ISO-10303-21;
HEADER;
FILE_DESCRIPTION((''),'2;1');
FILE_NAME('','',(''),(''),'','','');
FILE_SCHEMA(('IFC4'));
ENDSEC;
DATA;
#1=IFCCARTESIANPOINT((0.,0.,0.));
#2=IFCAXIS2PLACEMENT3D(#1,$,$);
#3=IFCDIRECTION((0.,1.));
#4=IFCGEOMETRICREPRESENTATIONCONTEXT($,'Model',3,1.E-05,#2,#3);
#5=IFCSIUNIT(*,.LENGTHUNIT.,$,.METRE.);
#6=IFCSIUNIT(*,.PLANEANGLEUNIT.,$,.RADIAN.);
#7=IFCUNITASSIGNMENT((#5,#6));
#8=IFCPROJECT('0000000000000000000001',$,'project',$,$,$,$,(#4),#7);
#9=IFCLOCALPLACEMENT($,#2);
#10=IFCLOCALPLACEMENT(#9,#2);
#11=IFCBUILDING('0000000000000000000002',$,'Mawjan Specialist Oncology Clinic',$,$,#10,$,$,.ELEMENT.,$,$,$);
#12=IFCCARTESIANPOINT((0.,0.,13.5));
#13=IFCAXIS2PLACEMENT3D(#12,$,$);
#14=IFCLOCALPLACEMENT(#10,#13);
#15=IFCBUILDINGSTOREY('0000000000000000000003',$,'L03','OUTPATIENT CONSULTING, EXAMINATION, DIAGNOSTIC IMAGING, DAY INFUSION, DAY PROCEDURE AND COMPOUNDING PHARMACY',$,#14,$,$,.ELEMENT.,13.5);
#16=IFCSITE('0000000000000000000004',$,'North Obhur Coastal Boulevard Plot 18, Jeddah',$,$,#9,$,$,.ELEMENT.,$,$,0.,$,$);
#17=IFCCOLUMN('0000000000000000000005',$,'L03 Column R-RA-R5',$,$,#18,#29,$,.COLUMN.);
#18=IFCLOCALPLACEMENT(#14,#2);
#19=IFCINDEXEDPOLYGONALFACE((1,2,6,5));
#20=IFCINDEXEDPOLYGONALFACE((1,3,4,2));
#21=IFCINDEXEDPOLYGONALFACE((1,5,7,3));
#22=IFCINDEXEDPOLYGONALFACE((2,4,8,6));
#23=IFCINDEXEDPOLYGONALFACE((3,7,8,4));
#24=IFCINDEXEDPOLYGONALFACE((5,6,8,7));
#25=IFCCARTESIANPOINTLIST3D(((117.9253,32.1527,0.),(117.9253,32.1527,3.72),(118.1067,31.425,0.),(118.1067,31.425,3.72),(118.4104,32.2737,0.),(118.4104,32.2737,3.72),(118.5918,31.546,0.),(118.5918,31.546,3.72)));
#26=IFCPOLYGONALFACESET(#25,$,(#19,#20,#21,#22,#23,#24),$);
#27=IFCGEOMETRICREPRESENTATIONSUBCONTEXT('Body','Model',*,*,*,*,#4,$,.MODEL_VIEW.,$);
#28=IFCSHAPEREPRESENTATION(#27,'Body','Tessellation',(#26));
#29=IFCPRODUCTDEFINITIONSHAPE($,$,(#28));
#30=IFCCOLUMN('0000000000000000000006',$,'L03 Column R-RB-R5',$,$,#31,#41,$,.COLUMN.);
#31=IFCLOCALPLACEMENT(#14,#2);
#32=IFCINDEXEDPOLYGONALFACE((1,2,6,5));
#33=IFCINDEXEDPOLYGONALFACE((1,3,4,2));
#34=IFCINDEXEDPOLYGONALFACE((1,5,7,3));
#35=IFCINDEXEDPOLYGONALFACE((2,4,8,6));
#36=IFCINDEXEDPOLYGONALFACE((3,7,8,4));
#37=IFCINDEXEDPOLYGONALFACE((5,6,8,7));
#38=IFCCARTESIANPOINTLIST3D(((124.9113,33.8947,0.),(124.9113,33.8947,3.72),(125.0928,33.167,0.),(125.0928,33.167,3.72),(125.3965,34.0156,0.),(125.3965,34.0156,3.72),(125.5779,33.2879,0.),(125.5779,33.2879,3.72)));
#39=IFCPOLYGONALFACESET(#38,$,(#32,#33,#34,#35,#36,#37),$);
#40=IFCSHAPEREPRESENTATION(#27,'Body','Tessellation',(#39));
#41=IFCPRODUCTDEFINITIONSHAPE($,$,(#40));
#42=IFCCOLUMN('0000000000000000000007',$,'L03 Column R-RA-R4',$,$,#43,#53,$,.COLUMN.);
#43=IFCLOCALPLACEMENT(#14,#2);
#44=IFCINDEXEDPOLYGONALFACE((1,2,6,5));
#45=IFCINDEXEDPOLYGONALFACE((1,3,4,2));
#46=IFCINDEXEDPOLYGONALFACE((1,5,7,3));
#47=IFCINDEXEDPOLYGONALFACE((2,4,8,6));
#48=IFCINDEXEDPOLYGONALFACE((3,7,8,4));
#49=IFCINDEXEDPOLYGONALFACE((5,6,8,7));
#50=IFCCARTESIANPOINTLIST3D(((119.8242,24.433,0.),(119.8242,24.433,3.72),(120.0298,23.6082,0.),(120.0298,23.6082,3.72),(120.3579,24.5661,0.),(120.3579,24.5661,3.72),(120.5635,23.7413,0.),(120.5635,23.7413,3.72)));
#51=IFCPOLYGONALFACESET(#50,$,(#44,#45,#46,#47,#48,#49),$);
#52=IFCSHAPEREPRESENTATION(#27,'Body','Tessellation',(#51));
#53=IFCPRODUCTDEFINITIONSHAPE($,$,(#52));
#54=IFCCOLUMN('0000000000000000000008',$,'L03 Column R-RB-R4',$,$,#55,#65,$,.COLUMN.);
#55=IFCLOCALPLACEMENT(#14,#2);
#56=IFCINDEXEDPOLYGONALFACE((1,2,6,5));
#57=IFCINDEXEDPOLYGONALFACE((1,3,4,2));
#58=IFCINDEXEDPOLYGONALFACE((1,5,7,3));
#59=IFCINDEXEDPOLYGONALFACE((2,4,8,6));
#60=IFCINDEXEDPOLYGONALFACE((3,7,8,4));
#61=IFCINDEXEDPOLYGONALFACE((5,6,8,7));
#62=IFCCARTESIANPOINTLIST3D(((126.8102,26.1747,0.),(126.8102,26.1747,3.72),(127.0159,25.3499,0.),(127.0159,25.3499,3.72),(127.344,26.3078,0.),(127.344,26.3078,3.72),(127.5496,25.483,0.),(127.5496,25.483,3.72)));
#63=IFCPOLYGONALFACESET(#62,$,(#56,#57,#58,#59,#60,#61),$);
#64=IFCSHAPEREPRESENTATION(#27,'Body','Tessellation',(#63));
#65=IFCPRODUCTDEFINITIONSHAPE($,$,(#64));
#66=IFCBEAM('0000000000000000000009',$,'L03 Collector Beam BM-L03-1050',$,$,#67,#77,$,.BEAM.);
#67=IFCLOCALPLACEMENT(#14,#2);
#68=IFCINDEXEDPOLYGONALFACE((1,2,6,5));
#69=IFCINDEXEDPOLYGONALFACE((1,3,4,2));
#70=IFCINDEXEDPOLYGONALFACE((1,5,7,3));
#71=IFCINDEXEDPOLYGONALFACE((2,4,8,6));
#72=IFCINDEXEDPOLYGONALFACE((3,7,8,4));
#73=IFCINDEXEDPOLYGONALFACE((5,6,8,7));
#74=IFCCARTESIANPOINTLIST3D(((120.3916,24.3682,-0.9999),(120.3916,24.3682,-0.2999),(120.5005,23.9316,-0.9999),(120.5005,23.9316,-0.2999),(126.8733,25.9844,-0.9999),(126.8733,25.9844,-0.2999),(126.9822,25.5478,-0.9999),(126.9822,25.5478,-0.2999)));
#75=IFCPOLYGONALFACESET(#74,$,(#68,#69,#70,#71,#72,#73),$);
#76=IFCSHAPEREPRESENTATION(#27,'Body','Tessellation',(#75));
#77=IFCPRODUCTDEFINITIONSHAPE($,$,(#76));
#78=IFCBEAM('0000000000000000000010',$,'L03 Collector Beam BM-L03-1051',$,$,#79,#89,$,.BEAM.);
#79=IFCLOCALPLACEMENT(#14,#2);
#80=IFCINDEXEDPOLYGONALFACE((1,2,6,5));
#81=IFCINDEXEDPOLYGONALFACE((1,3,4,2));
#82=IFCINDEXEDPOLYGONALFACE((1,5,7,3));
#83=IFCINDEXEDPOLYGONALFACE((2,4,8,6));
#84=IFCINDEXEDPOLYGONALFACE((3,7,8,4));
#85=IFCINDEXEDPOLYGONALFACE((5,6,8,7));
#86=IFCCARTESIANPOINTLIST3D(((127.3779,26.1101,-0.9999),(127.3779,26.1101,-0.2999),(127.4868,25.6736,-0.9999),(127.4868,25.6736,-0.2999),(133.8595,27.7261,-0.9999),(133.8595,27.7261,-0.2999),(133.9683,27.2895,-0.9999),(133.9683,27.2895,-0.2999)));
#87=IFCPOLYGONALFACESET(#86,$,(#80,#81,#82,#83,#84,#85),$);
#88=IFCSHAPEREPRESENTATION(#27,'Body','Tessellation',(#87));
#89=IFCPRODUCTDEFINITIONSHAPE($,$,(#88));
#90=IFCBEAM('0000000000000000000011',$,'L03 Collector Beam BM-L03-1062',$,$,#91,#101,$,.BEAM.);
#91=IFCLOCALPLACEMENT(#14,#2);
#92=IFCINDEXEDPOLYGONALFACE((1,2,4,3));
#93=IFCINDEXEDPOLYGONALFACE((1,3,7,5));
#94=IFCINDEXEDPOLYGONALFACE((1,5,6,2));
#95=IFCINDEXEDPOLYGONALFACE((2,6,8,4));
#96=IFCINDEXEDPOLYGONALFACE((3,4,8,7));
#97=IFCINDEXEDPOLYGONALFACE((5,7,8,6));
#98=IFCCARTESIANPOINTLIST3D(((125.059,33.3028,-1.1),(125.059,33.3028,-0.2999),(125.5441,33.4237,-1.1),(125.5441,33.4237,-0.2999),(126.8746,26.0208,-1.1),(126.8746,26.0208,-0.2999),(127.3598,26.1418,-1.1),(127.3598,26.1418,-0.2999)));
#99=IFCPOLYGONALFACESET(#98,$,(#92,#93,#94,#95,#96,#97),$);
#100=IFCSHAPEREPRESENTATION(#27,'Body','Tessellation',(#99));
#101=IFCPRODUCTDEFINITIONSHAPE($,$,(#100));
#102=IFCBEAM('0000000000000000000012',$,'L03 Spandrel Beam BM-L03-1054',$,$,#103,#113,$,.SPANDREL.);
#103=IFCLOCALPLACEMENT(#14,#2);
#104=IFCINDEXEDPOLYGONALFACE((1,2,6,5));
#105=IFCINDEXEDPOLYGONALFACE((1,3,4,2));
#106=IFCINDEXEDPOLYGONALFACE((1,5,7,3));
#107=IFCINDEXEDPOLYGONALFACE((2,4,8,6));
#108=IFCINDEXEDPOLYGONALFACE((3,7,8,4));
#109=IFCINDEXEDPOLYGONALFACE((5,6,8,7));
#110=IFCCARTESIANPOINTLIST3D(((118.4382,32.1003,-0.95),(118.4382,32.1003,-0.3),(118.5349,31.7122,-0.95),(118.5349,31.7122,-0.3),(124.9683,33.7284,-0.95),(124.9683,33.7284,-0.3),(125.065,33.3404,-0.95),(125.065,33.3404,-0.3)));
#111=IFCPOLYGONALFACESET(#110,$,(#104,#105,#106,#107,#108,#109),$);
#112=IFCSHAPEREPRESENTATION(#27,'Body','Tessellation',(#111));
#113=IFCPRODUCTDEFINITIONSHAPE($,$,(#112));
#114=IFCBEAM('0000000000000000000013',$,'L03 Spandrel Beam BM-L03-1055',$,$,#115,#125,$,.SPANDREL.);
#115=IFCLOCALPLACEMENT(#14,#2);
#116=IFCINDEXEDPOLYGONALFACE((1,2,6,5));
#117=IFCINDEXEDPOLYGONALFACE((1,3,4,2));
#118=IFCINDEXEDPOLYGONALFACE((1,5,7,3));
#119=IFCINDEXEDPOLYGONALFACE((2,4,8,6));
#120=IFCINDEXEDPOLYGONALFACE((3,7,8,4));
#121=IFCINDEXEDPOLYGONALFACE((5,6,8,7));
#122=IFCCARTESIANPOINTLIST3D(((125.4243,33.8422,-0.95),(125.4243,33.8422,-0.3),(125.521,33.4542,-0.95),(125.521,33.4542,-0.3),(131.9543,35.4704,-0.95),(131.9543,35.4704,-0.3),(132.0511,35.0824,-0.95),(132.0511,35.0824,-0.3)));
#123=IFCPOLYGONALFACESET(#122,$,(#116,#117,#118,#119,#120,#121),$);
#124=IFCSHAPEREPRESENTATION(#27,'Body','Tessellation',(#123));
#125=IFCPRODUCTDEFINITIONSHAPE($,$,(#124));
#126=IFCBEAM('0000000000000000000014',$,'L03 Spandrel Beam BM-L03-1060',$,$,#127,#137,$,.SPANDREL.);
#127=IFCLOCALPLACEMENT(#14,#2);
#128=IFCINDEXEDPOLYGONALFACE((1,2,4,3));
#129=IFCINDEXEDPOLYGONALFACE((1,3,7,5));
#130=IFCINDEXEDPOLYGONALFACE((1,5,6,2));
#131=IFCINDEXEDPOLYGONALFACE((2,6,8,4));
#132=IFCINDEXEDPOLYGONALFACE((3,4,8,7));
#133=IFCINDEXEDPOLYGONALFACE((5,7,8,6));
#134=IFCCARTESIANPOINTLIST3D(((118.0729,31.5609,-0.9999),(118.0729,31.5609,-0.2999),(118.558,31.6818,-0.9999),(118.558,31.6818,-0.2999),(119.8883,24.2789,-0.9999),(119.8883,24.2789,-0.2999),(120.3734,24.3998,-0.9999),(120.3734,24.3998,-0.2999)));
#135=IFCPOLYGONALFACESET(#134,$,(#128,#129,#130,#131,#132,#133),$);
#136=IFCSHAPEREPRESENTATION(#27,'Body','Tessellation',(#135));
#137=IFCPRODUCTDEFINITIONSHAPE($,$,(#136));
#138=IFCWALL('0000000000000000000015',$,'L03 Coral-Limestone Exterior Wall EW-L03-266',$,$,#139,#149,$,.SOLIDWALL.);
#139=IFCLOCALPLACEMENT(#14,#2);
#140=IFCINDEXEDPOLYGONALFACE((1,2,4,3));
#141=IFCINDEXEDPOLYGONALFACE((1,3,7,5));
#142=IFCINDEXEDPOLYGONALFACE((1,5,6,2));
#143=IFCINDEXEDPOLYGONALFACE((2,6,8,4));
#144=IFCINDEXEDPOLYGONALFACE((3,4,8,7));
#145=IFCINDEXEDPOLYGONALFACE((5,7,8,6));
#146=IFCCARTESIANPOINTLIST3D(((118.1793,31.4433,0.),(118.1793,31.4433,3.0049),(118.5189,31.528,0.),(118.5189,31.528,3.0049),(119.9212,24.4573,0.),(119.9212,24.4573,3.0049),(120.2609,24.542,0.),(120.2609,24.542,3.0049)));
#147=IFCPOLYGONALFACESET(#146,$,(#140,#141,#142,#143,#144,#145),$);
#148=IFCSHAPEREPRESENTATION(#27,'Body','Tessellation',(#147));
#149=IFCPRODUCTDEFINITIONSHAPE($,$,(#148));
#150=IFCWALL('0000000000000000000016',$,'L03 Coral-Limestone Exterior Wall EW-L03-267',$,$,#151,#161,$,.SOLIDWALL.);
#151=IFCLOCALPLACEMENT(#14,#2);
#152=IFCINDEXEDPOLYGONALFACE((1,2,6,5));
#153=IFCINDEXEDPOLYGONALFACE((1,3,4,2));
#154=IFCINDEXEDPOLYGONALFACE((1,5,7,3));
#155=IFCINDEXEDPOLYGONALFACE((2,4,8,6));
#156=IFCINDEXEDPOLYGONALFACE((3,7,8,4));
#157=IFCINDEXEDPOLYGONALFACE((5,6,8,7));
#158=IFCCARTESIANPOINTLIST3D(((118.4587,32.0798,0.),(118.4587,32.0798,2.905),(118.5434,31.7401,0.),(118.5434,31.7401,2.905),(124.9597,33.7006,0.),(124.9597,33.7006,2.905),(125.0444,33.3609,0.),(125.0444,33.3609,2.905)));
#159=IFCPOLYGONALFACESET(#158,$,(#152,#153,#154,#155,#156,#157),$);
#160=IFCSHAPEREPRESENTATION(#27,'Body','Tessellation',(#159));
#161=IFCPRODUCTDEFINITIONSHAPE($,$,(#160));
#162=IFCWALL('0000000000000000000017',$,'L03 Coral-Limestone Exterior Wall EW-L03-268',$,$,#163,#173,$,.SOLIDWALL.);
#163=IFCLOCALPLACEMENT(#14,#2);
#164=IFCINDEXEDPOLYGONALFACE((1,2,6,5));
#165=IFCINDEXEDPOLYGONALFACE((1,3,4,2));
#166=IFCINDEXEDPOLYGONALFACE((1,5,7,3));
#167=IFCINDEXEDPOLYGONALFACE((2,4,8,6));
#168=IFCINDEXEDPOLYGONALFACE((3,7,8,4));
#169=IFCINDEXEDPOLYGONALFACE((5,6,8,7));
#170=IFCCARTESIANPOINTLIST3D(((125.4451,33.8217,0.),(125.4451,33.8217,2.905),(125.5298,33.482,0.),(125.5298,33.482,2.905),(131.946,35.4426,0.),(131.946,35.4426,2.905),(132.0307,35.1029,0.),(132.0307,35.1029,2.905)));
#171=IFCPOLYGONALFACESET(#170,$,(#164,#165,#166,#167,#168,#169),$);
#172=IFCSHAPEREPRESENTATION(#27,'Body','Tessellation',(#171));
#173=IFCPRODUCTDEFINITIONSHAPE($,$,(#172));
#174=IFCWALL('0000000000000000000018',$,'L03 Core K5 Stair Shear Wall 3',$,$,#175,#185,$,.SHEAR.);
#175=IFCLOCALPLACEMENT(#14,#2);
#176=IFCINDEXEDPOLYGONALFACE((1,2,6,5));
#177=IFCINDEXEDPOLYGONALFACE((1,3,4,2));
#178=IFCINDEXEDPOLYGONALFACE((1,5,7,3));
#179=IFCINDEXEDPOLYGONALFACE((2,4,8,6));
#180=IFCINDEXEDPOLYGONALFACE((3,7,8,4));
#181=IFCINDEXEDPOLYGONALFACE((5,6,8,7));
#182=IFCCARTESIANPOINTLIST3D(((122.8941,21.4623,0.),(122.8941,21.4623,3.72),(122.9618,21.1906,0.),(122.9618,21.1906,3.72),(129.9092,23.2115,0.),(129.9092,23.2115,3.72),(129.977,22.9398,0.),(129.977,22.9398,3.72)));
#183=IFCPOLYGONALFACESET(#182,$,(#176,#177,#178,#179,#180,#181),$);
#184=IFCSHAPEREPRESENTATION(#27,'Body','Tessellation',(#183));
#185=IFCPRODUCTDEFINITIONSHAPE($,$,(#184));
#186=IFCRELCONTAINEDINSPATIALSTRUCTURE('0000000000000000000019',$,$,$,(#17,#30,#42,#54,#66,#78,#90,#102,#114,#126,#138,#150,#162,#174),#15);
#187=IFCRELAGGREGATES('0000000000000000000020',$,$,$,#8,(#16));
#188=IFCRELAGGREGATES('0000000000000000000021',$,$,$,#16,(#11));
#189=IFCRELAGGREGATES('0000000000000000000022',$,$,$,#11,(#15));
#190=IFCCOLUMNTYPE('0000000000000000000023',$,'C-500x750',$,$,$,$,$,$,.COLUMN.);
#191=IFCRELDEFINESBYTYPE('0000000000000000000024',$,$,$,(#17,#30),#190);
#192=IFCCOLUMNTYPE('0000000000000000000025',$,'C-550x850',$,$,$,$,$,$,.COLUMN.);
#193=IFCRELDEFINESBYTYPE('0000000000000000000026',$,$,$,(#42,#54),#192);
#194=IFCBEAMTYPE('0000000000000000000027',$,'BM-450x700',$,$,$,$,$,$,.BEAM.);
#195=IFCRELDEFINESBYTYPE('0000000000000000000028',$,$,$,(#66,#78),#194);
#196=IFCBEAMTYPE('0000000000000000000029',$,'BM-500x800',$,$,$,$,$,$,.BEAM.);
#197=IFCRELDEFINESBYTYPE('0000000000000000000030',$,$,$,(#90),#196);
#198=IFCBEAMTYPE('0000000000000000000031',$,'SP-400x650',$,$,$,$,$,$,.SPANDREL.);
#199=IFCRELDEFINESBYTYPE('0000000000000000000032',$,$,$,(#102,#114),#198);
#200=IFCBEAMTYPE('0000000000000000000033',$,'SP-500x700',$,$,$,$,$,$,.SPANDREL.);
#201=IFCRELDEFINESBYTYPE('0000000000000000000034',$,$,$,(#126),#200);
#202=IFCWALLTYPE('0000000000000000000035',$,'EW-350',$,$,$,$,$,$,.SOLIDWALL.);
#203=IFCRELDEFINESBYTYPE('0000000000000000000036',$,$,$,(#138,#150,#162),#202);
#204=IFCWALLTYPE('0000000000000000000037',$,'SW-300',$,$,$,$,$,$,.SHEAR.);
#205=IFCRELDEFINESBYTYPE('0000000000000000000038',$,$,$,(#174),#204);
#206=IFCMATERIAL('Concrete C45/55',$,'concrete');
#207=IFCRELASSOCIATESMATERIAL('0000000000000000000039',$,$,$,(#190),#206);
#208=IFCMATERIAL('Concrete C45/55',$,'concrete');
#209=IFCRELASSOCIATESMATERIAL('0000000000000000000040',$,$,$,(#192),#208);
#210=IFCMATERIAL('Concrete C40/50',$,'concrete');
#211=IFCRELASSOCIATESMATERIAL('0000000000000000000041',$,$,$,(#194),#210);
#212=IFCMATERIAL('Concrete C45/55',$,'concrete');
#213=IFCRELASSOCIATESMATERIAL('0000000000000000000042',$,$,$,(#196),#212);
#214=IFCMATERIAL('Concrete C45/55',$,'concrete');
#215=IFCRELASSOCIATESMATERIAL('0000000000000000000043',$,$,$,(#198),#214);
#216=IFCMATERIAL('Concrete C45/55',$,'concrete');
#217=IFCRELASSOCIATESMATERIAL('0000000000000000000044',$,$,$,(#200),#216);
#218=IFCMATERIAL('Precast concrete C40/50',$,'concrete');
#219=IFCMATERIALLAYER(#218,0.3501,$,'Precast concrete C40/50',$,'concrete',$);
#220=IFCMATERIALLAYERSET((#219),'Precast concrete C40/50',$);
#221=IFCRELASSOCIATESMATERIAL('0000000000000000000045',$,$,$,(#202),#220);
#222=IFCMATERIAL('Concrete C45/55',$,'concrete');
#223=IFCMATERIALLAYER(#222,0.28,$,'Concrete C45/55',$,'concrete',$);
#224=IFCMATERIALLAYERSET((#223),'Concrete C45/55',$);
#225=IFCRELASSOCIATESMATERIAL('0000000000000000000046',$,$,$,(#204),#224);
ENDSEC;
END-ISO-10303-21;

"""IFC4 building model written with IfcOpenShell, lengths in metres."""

from ifc_helpers import new_model, si_unit, direction, frame, frame_2d, origin, origin_2d, place, context, subcontext, project, spatial, rectangle, extrude, material, layer, layer_set, material_profile, profile_set, type_object, element, save


model = new_model("IFC4")

# Units and contexts
model_context = context("Model", 3, precision=1e-05, world=origin(), true_north=direction((0.0, 1.0)))
body_context = subcontext(model_context, "Body", "Model", "MODEL_VIEW")
ifc_project = project(units=[si_unit("LENGTHUNIT", "METRE"), si_unit("PLANEANGLEUNIT", "RADIAN")], contexts=[model_context])

# Site, building, storey
site_placement = place(None, origin())
site = spatial("IfcSite", under=ifc_project, at=site_placement, Name="North Obhur Coastal Boulevard Plot 18, Jeddah", CompositionType="ELEMENT", RefElevation=0.0)
building_placement = place(site_placement, origin())
building = spatial("IfcBuilding", under=site, at=building_placement, Name="Mawjan Specialist Oncology Clinic", CompositionType="ELEMENT")
storey_placement = place(building_placement, frame((0.0, 0.0, 13.5)))
storey = spatial("IfcBuildingStorey", under=building, at=storey_placement, Name="L03", Description="OUTPATIENT CONSULTING, EXAMINATION, DIAGNOSTIC IMAGING, DAY INFUSION, DAY PROCEDURE AND COMPOUNDING PHARMACY", CompositionType="ELEMENT", Elevation=13.5)

# Columns
ifc_material_1 = material(Name="Concrete C45/55", Category="concrete")
ifc_material_profile_1 = material_profile(ifc_material_1, rectangle(XDim=0.5, YDim=0.75, at=origin_2d()), Name="RC COL 500x750", Category="concrete")
ifc_profile_set_1 = profile_set([ifc_material_profile_1], Name="Concrete C45/55")
column_type_1 = type_object("IfcColumnType", Name="C-500x750", PredefinedType="COLUMN", material=ifc_profile_set_1)
for number, where, z_axis, x_axis, name in (
    (1, (118.2585, 31.8494, 0.0), (0.0, 0.0, 1.0), (0.970296, 0.241922, 0.0), "L03 Column R-RA-R5"),
    (2, (125.2446, 33.5913, 0.0), (0.0, 0.0, 1.0), (0.970296, 0.241922, 0.0), "L03 Column R-RB-R5"),
):
    element("IfcColumn", number, at=place(storey_placement, frame(where, z_axis=z_axis, x_axis=x_axis)), inside=storey, type_object=column_type_1, Name=name, PredefinedType="COLUMN", context=body_context, shape_type="SweptSolid", body=[
        extrude(rectangle(XDim=0.5, YDim=0.75, at=origin_2d()), origin(), (0.0, 0.0, 1.0), 3.72),
    ])
ifc_material_2 = material(Name="Concrete C45/55", Category="concrete")
ifc_material_profile_2 = material_profile(ifc_material_2, rectangle(XDim=0.55, YDim=0.8501, at=origin_2d()), Name="RC COL 550x850", Category="concrete")
ifc_profile_set_2 = profile_set([ifc_material_profile_2], Name="Concrete C45/55")
column_type_2 = type_object("IfcColumnType", Name="C-550x850", PredefinedType="COLUMN", material=ifc_profile_set_2)
for number, where, z_axis, x_axis, name in (
    (3, (120.1938, 24.0872, 0.0), (0.0, 0.0, 1.0), (0.970296, 0.241922, 0.0), "L03 Column R-RA-R4"),
    (4, (127.1799, 25.8289, 0.0), (0.0, 0.0, 1.0), (0.970296, 0.241922, 0.0), "L03 Column R-RB-R4"),
):
    element("IfcColumn", number, at=place(storey_placement, frame(where, z_axis=z_axis, x_axis=x_axis)), inside=storey, type_object=column_type_2, Name=name, PredefinedType="COLUMN", context=body_context, shape_type="SweptSolid", body=[
        extrude(rectangle(XDim=0.55, YDim=0.8501, at=origin_2d()), origin(), (0.0, 0.0, 1.0), 3.72),
    ])

# Beams
ifc_material_3 = material(Name="Concrete C40/50", Category="concrete")
ifc_material_profile_3 = material_profile(ifc_material_3, rectangle(XDim=0.45, YDim=0.7, at=origin_2d()), Name="RC BM 450x700", Category="concrete")
ifc_profile_set_3 = profile_set([ifc_material_profile_3], Name="Concrete C40/50")
beam_type_1 = type_object("IfcBeamType", Name="BM-450x700", PredefinedType="BEAM", material=ifc_profile_set_3)
beam_1_placement = place(storey_placement, frame((120.446, 24.1499, -0.6499), z_axis=(0.970291, 0.241942, 0.0), x_axis=(-0.241942, 0.970291, 0.0)))
element("IfcBeam", 5, at=beam_1_placement, inside=storey, type_object=beam_type_1, Name="L03 Collector Beam BM-L03-1050", PredefinedType="BEAM", context=body_context, shape_type="SweptSolid", body=[
    extrude(rectangle(XDim=0.45, YDim=0.7, at=origin_2d()), origin(), (0.0, 0.0, 1.0), 6.6802),
])
beam_2_placement = place(storey_placement, frame((127.4324, 25.8918, -0.6499), z_axis=(0.970297, 0.241916, 0.0), x_axis=(-0.241916, 0.970297, 0.0)))
element("IfcBeam", 6, at=beam_2_placement, inside=storey, type_object=beam_type_1, Name="L03 Collector Beam BM-L03-1051", PredefinedType="BEAM", context=body_context, shape_type="SweptSolid", body=[
    extrude(rectangle(XDim=0.45, YDim=0.7, at=origin_2d()), origin(), (0.0, 0.0, 1.0), 6.6799),
])
ifc_material_4 = material(Name="Concrete C45/55", Category="concrete")
ifc_material_profile_4 = material_profile(ifc_material_4, rectangle(XDim=0.5, YDim=0.8, at=origin_2d()), Name="RC BM 500x800", Category="concrete")
ifc_profile_set_4 = profile_set([ifc_material_profile_4], Name="Concrete C45/55")
beam_type_2 = type_object("IfcBeamType", Name="BM-500x800", PredefinedType="BEAM", material=ifc_profile_set_4)
beam_3_placement = place(storey_placement, frame((127.1172, 26.0813, -0.7), z_axis=(-0.241931, 0.970293, 0.0), x_axis=(-0.970293, -0.241931, 0.0)))
element("IfcBeam", 7, at=beam_3_placement, inside=storey, type_object=beam_type_2, Name="L03 Collector Beam BM-L03-1062", PredefinedType="BEAM", context=body_context, shape_type="SweptSolid", body=[
    extrude(rectangle(XDim=0.5, YDim=0.8, at=origin_2d()), origin(), (0.0, 0.0, 1.0), 7.5049),
])
ifc_material_5 = material(Name="Concrete C45/55", Category="concrete")
ifc_material_profile_5 = material_profile(ifc_material_5, rectangle(XDim=0.3999, YDim=0.6499, at=origin_2d()), Name="RC BM 400x650", Category="concrete")
ifc_profile_set_5 = profile_set([ifc_material_profile_5], Name="Concrete C45/55")
beam_type_3 = type_object("IfcBeamType", Name="SP-400x650", PredefinedType="SPANDREL", material=ifc_profile_set_5)
for number, where, z_axis, x_axis, name in (
    (8, (118.4866, 31.9062, -0.625), (0.970294, 0.24193, 0.0), (-0.24193, 0.970294, 0.0), "L03 Spandrel Beam BM-L03-1054"),
    (9, (125.4727, 33.6482, -0.625), (0.970294, 0.24193, 0.0), (-0.24193, 0.970294, 0.0), "L03 Spandrel Beam BM-L03-1055"),
):
    element("IfcBeam", number, at=place(storey_placement, frame(where, z_axis=z_axis, x_axis=x_axis)), inside=storey, type_object=beam_type_3, Name=name, PredefinedType="SPANDREL", context=body_context, shape_type="SweptSolid", body=[
        extrude(rectangle(XDim=0.3999, YDim=0.6499, at=origin_2d()), origin(), (0.0, 0.0, 1.0), 6.73),
    ])
ifc_material_6 = material(Name="Concrete C45/55", Category="concrete")
ifc_material_profile_6 = material_profile(ifc_material_6, rectangle(XDim=0.5, YDim=0.7, at=origin_2d()), Name="RC BM 500x700", Category="concrete")
ifc_profile_set_6 = profile_set([ifc_material_profile_6], Name="Concrete C45/55")
beam_type_4 = type_object("IfcBeamType", Name="SP-500x700", PredefinedType="SPANDREL", material=ifc_profile_set_6)
beam_4_placement = place(storey_placement, frame((120.1309, 24.3394, -0.6499), z_axis=(-0.2419, 0.970301, 0.0), x_axis=(-0.970301, -0.2419, 0.0)))
element("IfcBeam", 10, at=beam_4_placement, inside=storey, type_object=beam_type_4, Name="L03 Spandrel Beam BM-L03-1060", PredefinedType="SPANDREL", context=body_context, shape_type="SweptSolid", body=[
    extrude(rectangle(XDim=0.5, YDim=0.7, at=origin_2d()), origin(), (0.0, 0.0, 1.0), 7.5049),
])

# Walls
ifc_material_7 = material(Name="Precast concrete C40/50", Category="concrete")
ifc_layer_1 = layer(ifc_material_7, 0.3501, Name="Precast concrete C40/50", Category="concrete")
ifc_layer_set_1 = layer_set([ifc_layer_1], Name="Precast concrete C40/50")
wall_type_1 = type_object("IfcWallType", Name="EW-350", PredefinedType="SOLIDWALL", material=ifc_layer_set_1)
wall_1_placement = place(storey_placement, frame((120.0911, 24.4995, 0.0), z_axis=(0.0, 0.0, 1.0), x_axis=(-0.241937, 0.970292, 0.0)))
element("IfcWall", 11, at=wall_1_placement, inside=storey, type_object=wall_type_1, Name="L03 Coral-Limestone Exterior Wall EW-L03-266", PredefinedType="SOLIDWALL", context=body_context, shape_type="SweptSolid", body=[
    extrude(rectangle(XDim=7.2, YDim=0.3501, at=frame_2d((3.6001, 0.0))), origin(), (0.0, 0.0, 1.0), 3.0049),
])
for number, where, z_axis, x_axis, name in (
    (12, (118.501, 31.9099, 0.0), (0.0, 0.0, 1.0), (0.970297, 0.241918, 0.0), "L03 Coral-Limestone Exterior Wall EW-L03-267"),
    (13, (125.4873, 33.6519, 0.0), (0.0, 0.0, 1.0), (0.970297, 0.241918, 0.0), "L03 Coral-Limestone Exterior Wall EW-L03-268"),
):
    element("IfcWall", number, at=place(storey_placement, frame(where, z_axis=z_axis, x_axis=x_axis)), inside=storey, type_object=wall_type_1, Name=name, PredefinedType="SOLIDWALL", context=body_context, shape_type="SweptSolid", body=[
        extrude(rectangle(XDim=6.7, YDim=0.3501, at=frame_2d((3.3501, 0.0))), origin(), (0.0, 0.0, 1.0), 2.905),
    ])
ifc_material_8 = material(Name="Concrete C45/55", Category="concrete")
ifc_layer_2 = layer(ifc_material_8, 0.28, Name="Concrete C45/55", Category="concrete")
ifc_layer_set_2 = layer_set([ifc_layer_2], Name="Concrete C45/55")
wall_type_2 = type_object("IfcWallType", Name="SW-300", PredefinedType="SHEAR", material=ifc_layer_set_2)
wall_2_placement = place(storey_placement, frame((129.9431, 23.0757, 0.0), z_axis=(0.0, 0.0, 1.0), x_axis=(-0.970289, -0.241948, 0.0)))
element("IfcWall", 14, at=wall_2_placement, inside=storey, type_object=wall_type_2, Name="L03 Core K5 Stair Shear Wall 3", PredefinedType="SHEAR", context=body_context, shape_type="SweptSolid", body=[
    extrude(rectangle(XDim=7.23, YDim=0.28, at=frame_2d((3.615, 0.0))), origin(), (0.0, 0.0, 1.0), 3.72),
])

save(model, "model.ifc")
